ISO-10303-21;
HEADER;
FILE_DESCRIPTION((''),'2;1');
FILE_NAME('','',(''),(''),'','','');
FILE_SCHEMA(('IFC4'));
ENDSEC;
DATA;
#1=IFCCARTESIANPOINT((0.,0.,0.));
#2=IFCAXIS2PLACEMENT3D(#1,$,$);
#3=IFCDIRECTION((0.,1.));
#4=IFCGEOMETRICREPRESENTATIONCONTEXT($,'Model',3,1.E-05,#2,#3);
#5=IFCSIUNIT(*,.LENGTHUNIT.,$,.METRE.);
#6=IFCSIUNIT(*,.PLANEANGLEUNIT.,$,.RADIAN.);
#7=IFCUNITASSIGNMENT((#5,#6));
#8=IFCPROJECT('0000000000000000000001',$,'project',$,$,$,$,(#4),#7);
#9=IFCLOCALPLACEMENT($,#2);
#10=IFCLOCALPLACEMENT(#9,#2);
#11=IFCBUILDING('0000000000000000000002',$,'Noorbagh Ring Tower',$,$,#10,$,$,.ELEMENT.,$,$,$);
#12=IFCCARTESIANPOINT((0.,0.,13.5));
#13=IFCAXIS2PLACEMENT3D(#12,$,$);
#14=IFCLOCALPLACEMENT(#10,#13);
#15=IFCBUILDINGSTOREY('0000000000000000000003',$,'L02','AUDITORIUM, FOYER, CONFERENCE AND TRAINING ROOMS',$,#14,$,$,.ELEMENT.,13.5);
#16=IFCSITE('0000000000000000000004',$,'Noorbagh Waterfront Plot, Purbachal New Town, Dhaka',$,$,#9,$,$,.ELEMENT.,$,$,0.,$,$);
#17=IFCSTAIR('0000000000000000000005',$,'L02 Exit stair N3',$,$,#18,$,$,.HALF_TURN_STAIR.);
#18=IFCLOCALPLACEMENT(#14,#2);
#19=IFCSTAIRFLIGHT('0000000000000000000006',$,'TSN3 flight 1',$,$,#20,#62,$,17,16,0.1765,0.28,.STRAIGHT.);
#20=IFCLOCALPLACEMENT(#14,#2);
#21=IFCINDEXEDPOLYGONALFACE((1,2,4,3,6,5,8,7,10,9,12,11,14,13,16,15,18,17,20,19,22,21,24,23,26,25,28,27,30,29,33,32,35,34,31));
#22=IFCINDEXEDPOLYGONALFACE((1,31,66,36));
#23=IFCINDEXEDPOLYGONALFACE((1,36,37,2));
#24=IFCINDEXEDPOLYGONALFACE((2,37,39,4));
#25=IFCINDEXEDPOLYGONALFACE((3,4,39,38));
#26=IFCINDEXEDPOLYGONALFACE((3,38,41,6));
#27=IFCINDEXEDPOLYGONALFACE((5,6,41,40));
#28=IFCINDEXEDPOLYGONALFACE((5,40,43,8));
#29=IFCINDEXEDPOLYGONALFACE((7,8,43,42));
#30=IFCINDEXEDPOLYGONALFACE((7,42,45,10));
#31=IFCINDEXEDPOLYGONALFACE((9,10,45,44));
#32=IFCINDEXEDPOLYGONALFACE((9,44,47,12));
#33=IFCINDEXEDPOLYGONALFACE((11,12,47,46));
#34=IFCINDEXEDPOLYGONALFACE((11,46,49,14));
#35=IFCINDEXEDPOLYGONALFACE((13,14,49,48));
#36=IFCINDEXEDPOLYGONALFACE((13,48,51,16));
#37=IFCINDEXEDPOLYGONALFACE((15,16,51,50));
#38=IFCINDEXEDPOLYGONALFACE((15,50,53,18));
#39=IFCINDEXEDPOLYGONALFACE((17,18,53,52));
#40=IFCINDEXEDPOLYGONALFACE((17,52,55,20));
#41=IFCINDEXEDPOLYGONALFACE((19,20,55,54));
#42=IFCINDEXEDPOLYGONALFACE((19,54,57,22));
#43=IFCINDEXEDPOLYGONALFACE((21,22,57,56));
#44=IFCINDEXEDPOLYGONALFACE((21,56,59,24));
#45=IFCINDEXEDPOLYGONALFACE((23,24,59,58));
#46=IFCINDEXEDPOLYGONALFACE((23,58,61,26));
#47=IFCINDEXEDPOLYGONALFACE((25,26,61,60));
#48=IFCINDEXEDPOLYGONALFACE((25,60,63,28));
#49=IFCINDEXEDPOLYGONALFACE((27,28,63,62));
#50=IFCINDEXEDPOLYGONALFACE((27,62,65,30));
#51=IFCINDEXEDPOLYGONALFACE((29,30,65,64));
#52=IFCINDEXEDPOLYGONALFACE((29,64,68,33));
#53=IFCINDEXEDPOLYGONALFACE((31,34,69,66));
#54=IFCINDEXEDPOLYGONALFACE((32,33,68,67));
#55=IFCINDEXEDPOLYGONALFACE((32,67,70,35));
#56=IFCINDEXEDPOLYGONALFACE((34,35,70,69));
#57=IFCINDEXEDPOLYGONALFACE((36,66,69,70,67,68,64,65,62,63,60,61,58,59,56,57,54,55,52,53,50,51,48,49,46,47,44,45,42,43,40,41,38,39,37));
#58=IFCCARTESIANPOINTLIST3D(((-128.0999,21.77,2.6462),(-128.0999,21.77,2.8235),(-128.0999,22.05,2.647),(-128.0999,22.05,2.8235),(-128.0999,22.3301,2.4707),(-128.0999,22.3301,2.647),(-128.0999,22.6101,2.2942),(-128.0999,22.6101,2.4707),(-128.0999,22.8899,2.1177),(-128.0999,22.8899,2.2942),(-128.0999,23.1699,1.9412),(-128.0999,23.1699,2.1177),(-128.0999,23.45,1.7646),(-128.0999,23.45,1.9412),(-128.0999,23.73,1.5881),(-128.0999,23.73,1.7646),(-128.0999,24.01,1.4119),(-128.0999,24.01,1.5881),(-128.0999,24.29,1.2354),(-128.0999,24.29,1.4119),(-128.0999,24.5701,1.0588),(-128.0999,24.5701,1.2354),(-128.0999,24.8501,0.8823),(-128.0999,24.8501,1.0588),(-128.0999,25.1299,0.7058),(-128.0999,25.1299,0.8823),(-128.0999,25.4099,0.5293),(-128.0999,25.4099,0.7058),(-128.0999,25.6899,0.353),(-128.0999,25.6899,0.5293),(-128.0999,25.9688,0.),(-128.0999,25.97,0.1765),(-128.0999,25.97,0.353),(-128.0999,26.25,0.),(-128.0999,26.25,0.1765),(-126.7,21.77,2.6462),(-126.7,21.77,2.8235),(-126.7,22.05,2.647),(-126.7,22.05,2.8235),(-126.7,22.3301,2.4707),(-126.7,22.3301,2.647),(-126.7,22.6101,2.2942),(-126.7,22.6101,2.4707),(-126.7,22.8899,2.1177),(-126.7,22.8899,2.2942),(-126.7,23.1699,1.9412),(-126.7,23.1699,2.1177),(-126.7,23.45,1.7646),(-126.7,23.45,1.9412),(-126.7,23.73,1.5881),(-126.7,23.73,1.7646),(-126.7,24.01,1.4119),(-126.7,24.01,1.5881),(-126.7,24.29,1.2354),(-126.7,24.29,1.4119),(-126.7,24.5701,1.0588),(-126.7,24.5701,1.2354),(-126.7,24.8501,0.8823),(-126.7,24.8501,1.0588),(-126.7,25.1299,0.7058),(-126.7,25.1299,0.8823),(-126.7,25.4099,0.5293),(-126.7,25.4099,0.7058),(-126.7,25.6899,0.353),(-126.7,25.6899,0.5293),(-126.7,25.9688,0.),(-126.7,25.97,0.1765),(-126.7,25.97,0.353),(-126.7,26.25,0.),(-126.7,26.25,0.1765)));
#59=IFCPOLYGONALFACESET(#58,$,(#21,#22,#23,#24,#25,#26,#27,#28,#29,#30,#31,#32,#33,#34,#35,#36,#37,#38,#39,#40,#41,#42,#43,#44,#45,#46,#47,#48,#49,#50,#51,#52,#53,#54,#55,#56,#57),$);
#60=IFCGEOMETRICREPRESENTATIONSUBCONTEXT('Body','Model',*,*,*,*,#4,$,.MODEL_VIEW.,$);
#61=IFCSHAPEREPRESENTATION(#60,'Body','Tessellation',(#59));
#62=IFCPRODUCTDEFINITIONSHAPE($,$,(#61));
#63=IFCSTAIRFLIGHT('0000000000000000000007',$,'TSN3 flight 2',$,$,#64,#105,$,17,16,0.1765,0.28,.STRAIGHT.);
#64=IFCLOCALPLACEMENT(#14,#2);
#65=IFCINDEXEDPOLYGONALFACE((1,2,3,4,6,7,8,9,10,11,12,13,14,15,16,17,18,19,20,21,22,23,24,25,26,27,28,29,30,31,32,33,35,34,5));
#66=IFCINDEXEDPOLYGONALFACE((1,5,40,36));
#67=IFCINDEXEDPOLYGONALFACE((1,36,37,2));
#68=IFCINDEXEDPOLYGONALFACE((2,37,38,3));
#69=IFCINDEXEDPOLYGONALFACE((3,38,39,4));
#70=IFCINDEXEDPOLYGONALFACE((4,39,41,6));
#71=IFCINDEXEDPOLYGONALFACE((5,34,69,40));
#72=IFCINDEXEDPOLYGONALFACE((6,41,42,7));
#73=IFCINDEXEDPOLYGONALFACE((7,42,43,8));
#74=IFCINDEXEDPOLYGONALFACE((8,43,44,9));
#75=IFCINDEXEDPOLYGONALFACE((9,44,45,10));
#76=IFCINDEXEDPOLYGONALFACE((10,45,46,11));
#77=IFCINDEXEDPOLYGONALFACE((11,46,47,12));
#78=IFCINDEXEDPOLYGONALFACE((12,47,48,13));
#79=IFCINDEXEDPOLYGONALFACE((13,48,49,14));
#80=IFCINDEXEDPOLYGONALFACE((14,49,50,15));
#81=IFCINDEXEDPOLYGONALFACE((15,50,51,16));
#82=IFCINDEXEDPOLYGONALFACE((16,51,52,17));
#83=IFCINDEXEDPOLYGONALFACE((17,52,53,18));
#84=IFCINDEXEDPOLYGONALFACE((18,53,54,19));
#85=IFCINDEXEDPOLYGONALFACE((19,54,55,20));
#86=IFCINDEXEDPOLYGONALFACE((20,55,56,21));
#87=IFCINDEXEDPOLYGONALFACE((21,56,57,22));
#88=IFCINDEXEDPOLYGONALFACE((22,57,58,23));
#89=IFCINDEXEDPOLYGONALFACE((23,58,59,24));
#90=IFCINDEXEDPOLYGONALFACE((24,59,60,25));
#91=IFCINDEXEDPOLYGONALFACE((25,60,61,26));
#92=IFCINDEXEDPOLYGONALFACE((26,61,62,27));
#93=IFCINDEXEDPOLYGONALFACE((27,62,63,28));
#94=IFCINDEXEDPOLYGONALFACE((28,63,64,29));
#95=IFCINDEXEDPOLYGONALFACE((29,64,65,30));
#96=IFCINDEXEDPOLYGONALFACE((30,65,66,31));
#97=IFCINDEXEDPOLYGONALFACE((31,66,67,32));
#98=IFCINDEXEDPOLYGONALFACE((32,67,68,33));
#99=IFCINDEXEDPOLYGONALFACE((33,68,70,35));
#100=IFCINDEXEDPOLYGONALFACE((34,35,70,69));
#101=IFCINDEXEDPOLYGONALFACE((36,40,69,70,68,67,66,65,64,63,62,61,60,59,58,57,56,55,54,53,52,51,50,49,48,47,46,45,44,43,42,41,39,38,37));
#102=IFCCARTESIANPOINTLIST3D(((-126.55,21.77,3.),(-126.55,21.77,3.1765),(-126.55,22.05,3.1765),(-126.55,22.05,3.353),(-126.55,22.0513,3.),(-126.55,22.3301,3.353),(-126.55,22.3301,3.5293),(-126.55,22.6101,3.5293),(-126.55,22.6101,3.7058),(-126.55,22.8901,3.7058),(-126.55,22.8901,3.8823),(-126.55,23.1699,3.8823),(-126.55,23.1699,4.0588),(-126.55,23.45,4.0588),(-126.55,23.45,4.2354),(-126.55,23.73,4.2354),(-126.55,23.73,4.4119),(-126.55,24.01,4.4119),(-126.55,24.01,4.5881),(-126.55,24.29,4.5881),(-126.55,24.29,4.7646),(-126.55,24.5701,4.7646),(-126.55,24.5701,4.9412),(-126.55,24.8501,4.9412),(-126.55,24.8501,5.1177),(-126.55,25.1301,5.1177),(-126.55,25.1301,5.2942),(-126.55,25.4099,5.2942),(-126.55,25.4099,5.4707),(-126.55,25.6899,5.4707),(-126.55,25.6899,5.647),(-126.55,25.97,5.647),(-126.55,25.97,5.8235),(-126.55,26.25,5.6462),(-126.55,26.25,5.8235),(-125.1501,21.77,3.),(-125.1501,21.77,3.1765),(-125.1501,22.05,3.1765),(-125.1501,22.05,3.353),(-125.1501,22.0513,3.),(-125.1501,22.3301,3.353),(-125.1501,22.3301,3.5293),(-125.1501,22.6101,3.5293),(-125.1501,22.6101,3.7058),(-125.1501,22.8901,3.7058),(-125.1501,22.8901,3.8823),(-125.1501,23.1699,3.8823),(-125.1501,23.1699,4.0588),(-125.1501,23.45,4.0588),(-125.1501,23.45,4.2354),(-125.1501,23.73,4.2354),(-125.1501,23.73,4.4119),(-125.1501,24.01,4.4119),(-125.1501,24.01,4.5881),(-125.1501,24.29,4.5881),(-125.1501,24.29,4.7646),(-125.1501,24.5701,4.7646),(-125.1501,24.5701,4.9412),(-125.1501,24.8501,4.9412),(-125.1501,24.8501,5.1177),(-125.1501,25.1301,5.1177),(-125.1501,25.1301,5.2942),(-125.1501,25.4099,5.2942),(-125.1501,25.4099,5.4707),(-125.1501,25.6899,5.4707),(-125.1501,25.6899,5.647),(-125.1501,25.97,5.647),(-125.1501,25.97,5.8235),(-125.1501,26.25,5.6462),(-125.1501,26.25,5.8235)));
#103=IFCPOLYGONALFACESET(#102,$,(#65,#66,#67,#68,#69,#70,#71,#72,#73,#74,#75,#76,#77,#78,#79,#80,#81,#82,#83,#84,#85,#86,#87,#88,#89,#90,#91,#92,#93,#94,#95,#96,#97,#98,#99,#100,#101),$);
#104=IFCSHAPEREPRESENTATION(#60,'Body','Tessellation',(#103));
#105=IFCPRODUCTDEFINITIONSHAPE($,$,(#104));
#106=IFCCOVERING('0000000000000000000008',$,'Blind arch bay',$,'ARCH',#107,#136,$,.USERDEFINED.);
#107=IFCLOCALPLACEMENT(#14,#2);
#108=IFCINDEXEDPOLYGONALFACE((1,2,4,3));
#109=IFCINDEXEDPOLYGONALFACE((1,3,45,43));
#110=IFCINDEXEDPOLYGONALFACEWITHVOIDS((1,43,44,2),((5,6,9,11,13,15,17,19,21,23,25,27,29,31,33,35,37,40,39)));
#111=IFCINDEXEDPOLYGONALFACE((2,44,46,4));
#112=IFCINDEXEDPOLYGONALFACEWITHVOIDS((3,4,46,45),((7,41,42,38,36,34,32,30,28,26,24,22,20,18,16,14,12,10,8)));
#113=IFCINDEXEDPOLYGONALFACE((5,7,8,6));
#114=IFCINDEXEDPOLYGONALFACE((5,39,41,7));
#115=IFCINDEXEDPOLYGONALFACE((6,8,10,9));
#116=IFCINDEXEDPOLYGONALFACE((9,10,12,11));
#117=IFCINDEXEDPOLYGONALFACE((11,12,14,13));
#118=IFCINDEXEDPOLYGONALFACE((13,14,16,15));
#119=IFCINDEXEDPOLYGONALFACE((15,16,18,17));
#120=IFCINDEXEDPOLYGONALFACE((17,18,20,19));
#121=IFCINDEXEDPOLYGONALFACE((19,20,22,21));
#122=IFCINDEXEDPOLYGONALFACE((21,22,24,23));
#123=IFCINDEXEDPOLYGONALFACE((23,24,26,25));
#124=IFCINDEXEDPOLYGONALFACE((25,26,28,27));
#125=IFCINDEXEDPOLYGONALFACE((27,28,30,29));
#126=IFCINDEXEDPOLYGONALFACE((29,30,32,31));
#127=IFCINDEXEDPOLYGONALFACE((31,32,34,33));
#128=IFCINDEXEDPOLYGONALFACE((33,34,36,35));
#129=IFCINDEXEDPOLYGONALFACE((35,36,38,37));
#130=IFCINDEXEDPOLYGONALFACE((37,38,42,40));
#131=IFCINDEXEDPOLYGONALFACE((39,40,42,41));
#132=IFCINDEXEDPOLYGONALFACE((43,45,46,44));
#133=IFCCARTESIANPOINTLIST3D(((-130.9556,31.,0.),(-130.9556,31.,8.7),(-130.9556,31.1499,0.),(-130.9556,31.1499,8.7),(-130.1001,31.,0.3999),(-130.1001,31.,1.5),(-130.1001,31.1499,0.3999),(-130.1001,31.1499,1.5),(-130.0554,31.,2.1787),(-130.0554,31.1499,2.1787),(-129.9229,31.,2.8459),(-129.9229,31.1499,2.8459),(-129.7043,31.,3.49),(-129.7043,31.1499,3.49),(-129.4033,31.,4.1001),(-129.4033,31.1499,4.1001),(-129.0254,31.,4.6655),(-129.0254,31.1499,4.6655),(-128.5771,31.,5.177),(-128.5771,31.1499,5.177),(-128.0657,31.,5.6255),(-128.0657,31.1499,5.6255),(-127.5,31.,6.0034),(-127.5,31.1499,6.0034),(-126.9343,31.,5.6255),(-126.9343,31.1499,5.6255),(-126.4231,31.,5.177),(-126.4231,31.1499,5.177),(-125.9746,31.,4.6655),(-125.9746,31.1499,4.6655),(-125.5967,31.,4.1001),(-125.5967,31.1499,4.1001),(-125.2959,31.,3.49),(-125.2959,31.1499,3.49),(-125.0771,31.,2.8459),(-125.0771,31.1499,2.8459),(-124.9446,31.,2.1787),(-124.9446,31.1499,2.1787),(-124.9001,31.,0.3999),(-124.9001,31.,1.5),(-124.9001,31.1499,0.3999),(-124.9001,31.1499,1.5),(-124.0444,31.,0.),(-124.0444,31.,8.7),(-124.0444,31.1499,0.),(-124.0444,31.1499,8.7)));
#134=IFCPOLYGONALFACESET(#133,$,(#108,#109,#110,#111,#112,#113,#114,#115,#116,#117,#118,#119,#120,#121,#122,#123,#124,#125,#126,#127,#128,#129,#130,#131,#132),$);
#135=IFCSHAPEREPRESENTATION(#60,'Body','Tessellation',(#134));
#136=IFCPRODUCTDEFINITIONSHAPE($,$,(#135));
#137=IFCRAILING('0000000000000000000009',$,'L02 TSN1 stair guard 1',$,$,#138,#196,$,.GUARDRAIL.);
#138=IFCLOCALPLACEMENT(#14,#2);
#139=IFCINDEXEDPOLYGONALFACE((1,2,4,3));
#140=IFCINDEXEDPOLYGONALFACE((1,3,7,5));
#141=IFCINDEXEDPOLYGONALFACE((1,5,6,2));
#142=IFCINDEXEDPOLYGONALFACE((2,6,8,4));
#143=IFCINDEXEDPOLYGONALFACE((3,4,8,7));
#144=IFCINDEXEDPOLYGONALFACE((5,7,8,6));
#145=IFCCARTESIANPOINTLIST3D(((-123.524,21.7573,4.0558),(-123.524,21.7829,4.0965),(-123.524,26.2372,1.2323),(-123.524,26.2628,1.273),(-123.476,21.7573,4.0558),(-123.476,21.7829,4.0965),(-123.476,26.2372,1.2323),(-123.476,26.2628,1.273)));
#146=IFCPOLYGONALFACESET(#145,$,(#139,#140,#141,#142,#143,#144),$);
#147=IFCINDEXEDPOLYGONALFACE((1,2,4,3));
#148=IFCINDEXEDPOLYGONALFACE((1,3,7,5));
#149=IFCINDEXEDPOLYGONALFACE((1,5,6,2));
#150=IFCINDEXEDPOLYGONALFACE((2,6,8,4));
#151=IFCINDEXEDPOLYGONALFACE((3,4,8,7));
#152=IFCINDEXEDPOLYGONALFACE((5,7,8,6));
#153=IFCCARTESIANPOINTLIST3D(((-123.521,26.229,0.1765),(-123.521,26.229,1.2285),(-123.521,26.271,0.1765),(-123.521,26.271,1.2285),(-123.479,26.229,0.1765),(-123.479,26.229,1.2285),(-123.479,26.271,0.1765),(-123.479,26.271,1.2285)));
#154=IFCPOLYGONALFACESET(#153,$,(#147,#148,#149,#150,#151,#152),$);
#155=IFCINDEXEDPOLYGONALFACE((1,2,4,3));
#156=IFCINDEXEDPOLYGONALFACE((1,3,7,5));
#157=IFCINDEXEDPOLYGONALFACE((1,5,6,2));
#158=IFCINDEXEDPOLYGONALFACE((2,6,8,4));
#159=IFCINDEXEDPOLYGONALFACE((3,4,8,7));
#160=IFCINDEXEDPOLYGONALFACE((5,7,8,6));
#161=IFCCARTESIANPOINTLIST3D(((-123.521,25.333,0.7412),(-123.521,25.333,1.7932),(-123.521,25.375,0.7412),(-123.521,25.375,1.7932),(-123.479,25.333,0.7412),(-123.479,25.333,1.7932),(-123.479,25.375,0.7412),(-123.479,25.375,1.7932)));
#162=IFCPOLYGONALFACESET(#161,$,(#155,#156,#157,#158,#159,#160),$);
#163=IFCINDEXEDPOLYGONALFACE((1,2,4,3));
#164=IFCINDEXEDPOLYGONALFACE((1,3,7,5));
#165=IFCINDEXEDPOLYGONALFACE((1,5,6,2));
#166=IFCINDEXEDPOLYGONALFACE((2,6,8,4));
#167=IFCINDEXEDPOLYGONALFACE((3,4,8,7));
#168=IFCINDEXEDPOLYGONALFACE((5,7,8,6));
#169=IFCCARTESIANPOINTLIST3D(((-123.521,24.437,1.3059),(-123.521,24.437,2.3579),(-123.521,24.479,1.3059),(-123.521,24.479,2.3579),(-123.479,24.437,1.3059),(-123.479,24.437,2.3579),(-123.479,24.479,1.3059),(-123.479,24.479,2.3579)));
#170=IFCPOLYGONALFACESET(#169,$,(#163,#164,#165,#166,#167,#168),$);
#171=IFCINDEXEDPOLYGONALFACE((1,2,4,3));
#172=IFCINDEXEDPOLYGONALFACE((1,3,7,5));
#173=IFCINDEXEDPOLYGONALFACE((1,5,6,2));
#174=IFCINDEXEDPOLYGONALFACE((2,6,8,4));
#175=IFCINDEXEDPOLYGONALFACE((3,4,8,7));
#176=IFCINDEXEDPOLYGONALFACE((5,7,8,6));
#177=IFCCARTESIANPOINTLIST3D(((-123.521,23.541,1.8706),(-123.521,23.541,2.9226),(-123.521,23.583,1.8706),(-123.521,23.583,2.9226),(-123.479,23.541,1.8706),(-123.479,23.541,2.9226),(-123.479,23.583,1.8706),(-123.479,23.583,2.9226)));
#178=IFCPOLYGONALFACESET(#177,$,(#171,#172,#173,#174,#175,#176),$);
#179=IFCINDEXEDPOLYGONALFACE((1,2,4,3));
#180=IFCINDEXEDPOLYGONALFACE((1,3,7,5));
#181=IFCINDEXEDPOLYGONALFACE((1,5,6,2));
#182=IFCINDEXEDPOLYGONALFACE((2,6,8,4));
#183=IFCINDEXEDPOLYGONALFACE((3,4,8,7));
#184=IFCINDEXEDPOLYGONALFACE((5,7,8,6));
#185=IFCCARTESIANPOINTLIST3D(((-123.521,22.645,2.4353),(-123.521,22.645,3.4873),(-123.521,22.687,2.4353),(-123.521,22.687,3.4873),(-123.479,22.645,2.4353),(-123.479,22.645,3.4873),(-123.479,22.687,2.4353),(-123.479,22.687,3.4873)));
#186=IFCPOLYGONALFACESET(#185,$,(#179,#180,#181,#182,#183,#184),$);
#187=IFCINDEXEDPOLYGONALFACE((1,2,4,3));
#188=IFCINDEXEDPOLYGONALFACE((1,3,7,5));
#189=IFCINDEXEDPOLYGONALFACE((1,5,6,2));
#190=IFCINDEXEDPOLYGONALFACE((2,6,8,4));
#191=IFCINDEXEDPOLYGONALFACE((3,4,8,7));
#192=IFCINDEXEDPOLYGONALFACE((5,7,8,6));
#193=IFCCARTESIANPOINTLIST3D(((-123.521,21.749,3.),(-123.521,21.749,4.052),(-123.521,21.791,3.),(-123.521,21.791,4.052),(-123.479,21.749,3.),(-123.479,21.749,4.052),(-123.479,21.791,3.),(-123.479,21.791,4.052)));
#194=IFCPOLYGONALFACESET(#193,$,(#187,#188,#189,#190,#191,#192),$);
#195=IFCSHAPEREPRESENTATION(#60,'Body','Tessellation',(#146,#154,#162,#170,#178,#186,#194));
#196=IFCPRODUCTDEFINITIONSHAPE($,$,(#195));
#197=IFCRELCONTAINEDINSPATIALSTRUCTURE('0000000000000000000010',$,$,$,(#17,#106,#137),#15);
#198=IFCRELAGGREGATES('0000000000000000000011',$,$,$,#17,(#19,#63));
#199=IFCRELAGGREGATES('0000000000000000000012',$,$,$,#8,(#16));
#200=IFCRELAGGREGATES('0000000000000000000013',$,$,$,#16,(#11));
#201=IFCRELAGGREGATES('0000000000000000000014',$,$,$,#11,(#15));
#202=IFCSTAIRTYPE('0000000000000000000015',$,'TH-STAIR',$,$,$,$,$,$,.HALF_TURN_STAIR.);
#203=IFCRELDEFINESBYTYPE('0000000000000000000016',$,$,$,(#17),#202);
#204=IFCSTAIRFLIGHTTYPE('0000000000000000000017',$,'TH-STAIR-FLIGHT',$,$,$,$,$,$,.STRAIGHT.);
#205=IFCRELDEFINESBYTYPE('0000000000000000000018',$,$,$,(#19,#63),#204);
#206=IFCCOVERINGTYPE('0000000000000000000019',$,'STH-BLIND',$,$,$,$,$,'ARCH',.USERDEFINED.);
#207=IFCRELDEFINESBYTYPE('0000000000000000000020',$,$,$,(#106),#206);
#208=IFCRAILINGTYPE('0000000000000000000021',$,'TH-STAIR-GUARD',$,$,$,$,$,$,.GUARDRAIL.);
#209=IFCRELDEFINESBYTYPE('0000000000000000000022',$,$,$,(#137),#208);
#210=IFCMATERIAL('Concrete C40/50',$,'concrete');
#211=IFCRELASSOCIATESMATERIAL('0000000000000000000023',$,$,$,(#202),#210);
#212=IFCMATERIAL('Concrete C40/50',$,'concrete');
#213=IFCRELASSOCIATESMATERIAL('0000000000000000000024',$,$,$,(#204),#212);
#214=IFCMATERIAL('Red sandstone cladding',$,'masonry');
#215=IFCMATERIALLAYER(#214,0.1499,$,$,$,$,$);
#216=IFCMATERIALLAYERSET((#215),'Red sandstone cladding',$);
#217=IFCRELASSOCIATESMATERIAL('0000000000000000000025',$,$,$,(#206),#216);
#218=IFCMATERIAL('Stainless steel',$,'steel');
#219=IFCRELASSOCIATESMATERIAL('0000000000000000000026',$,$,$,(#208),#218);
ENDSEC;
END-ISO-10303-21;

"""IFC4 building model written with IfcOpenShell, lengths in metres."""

from ifc_helpers import new_model, si_unit, direction, frame, origin, origin_2d, place, context, subcontext, project, spatial, polyline, rectangle, outline, extrude, material, layer, layer_set, type_object, element, aggregate, save


model = new_model("IFC4")

# Units and contexts
model_context = context("Model", 3, precision=1e-05, world=origin(), true_north=direction((0.0, 1.0)))
body_context = subcontext(model_context, "Body", "Model", "MODEL_VIEW")
ifc_project = project(units=[si_unit("LENGTHUNIT", "METRE"), si_unit("PLANEANGLEUNIT", "RADIAN")], contexts=[model_context])

# Site, building, storey
site_placement = place(None, origin())
site = spatial("IfcSite", under=ifc_project, at=site_placement, Name="Noorbagh Waterfront Plot, Purbachal New Town, Dhaka", CompositionType="ELEMENT", RefElevation=0.0)
building_placement = place(site_placement, origin())
building = spatial("IfcBuilding", under=site, at=building_placement, Name="Noorbagh Ring Tower", CompositionType="ELEMENT")
storey_placement = place(building_placement, frame((0.0, 0.0, 13.5)))
storey = spatial("IfcBuildingStorey", under=building, at=storey_placement, Name="L02", Description="AUDITORIUM, FOYER, CONFERENCE AND TRAINING ROOMS", CompositionType="ELEMENT", Elevation=13.5)

# Stair, stair flights
ifc_material_1 = material(Name="Concrete C40/50", Category="concrete")
stair_type = type_object("IfcStairType", Name="TH-STAIR", PredefinedType="HALF_TURN_STAIR", material=ifc_material_1)
ifc_material_2 = material(Name="Concrete C40/50", Category="concrete")
stair_flight_type = type_object("IfcStairFlightType", Name="TH-STAIR-FLIGHT", PredefinedType="STRAIGHT", material=ifc_material_2)
stair_1_placement = place(storey_placement, origin())
stair_1 = element("IfcStair", 1, at=stair_1_placement, inside=storey, type_object=stair_type, Name="L02 Exit stair N3", PredefinedType="HALF_TURN_STAIR")
stair_flight_1_placement = place(storey_placement, frame((-127.3999, 26.25, 0.0), z_axis=(0.0, 0.0, 1.0), x_axis=(0.0, -1.0, 0.0)))
stair_flight_1 = element("IfcStairFlight", 2, at=stair_flight_1_placement, type_object=stair_flight_type, Name="TSN3 flight 1", NumberOfRisers=17, NumberOfTreads=16, PredefinedType="STRAIGHT", RiserHeight=0.1765, TreadLength=0.28, context=body_context, shape_type="SweptSolid", body=[
    extrude(outline(polyline([(0.0, 0.0), (0.0, 0.1765), (0.28, 0.1765), (0.28, 0.353), (0.5601, 0.353), (0.5601, 0.5293), (0.8401, 0.5293), (0.8401, 0.7058), (1.1201, 0.7058), (1.1201, 0.8823), (1.3999, 0.8823), (1.3999, 1.0588), (1.6799, 1.0588), (1.6799, 1.2354), (1.96, 1.2354), (1.96, 1.4119), (2.24, 1.4119), (2.24, 1.5881), (2.52, 1.5881), (2.52, 1.7646), (2.8, 1.7646), (2.8, 1.9412), (3.0801, 1.9412), (3.0801, 2.1177), (3.3601, 2.1177), (3.3601, 2.2942), (3.6399, 2.2942), (3.6399, 2.4707), (3.9199, 2.4707), (3.9199, 2.647), (4.2, 2.647), (4.2, 2.8235), (4.48, 2.8235), (4.48, 3.0), (4.48, 2.6462), (0.2812, 0.0), (0.0, 0.0)])), frame((0.0, 0.7, 0.0), z_axis=(0.0, -1.0, 0.0), x_axis=(1.0, 0.0, 0.0)), (0.0, 0.0, 1.0), 1.3999),
])
stair_flight_2_placement = place(storey_placement, frame((-125.8501, 21.77, 3.0), z_axis=(0.0, 0.0, 1.0), x_axis=(0.0, 1.0, 0.0)))
stair_flight_2 = element("IfcStairFlight", 3, at=stair_flight_2_placement, type_object=stair_flight_type, Name="TSN3 flight 2", NumberOfRisers=17, NumberOfTreads=16, PredefinedType="STRAIGHT", RiserHeight=0.1765, TreadLength=0.28, context=body_context, shape_type="SweptSolid", body=[
    extrude(outline(polyline([(0.0, 0.0), (0.0, 0.1765), (0.28, 0.1765), (0.28, 0.353), (0.5601, 0.353), (0.5601, 0.5293), (0.8401, 0.5293), (0.8401, 0.7058), (1.1201, 0.7058), (1.1201, 0.8823), (1.3999, 0.8823), (1.3999, 1.0588), (1.6799, 1.0588), (1.6799, 1.2354), (1.96, 1.2354), (1.96, 1.4119), (2.24, 1.4119), (2.24, 1.5881), (2.52, 1.5881), (2.52, 1.7646), (2.8, 1.7646), (2.8, 1.9412), (3.0801, 1.9412), (3.0801, 2.1177), (3.3601, 2.1177), (3.3601, 2.2942), (3.6399, 2.2942), (3.6399, 2.4707), (3.9199, 2.4707), (3.9199, 2.647), (4.2, 2.647), (4.2, 2.8235), (4.48, 2.8235), (4.48, 3.0), (4.48, 2.6462), (0.2812, 0.0), (0.0, 0.0)])), frame((0.0, 0.7, 0.0), z_axis=(0.0, -1.0, 0.0), x_axis=(1.0, 0.0, 0.0)), (0.0, 0.0, 1.0), 1.3999),
])
aggregate(stair_1, [stair_flight_1, stair_flight_2])

# Covering
ifc_material_3 = material(Name="Red sandstone cladding", Category="masonry")
ifc_layer_1 = layer(ifc_material_3, 0.1499)
ifc_layer_set_1 = layer_set([ifc_layer_1], Name="Red sandstone cladding")
covering_type = type_object("IfcCoveringType", Name="STH-BLIND", ElementType="ARCH", PredefinedType="USERDEFINED", material=ifc_layer_set_1)
covering_placement = place(storey_placement, frame((-124.0444, 31.1499, 0.0), z_axis=(0.0, 1.0, 0.0), x_axis=(-1.0, 0.0, 0.0)))
element("IfcCovering", 4, at=covering_placement, inside=storey, type_object=covering_type, Name="Blind arch bay", ObjectType="ARCH", PredefinedType="USERDEFINED", context=body_context, shape_type="SweptSolid", body=[
    extrude(outline(polyline([(0.0, 0.0), (6.9111, 0.0), (6.9111, 8.7), (0.0, 8.7), (0.0, 0.0)]), holes=[polyline([(0.8557, 0.3999), (0.8557, 1.5), (0.9001, 2.1787), (1.0327, 2.8459), (1.2515, 3.49), (1.5522, 4.1001), (1.9302, 4.6655), (2.3787, 5.177), (2.8899, 5.6255), (3.4556, 6.0034), (4.0212, 5.6255), (4.5327, 5.177), (4.981, 4.6655), (5.3589, 4.1001), (5.6599, 3.49), (5.8784, 2.8459), (6.011, 2.1787), (6.0557, 1.5), (6.0557, 0.3999), (0.8557, 0.3999)])]), origin(), (0.0, 0.0, -1.0), 0.1499),
])

# Railing
ifc_material_4 = material(Name="Stainless steel", Category="steel")
railing_type_1 = type_object("IfcRailingType", Name="TH-STAIR-GUARD", PredefinedType="GUARDRAIL", material=ifc_material_4)
railing_1_placement = place(storey_placement, frame((-123.5, 26.25, 0.1765)))
element("IfcRailing", 5, at=railing_1_placement, inside=storey, type_object=railing_type_1, Name="L02 TSN1 stair guard 1", PredefinedType="GUARDRAIL", context=body_context, shape_type="SweptSolid", body=[
    extrude(rectangle(XDim=0.0481, YDim=0.0481, at=origin_2d()), frame((0.0, 0.0, 1.0762), z_axis=(0.0, -0.845998, 0.533186), x_axis=(1.0, 0.0, 0.0)), (0.0, 0.0, 1.0), 5.2954),
    extrude(rectangle(XDim=0.042, YDim=0.042, at=origin_2d()), origin(), (0.0, 0.0, 1.0), 1.052),
    extrude(rectangle(XDim=0.042, YDim=0.042, at=origin_2d()), frame((0.0, -0.896, 0.5647)), (0.0, 0.0, 1.0), 1.052),
    extrude(rectangle(XDim=0.042, YDim=0.042, at=origin_2d()), frame((0.0, -1.792, 1.1294)), (0.0, 0.0, 1.0), 1.052),
    extrude(rectangle(XDim=0.042, YDim=0.042, at=origin_2d()), frame((0.0, -2.688, 1.6941)), (0.0, 0.0, 1.0), 1.052),
    extrude(rectangle(XDim=0.042, YDim=0.042, at=origin_2d()), frame((0.0, -3.584, 2.2588)), (0.0, 0.0, 1.0), 1.052),
    extrude(rectangle(XDim=0.042, YDim=0.042, at=origin_2d()), frame((0.0, -4.48, 2.8235)), (0.0, 0.0, 1.0), 1.052),
])

save(model, "model.ifc")
